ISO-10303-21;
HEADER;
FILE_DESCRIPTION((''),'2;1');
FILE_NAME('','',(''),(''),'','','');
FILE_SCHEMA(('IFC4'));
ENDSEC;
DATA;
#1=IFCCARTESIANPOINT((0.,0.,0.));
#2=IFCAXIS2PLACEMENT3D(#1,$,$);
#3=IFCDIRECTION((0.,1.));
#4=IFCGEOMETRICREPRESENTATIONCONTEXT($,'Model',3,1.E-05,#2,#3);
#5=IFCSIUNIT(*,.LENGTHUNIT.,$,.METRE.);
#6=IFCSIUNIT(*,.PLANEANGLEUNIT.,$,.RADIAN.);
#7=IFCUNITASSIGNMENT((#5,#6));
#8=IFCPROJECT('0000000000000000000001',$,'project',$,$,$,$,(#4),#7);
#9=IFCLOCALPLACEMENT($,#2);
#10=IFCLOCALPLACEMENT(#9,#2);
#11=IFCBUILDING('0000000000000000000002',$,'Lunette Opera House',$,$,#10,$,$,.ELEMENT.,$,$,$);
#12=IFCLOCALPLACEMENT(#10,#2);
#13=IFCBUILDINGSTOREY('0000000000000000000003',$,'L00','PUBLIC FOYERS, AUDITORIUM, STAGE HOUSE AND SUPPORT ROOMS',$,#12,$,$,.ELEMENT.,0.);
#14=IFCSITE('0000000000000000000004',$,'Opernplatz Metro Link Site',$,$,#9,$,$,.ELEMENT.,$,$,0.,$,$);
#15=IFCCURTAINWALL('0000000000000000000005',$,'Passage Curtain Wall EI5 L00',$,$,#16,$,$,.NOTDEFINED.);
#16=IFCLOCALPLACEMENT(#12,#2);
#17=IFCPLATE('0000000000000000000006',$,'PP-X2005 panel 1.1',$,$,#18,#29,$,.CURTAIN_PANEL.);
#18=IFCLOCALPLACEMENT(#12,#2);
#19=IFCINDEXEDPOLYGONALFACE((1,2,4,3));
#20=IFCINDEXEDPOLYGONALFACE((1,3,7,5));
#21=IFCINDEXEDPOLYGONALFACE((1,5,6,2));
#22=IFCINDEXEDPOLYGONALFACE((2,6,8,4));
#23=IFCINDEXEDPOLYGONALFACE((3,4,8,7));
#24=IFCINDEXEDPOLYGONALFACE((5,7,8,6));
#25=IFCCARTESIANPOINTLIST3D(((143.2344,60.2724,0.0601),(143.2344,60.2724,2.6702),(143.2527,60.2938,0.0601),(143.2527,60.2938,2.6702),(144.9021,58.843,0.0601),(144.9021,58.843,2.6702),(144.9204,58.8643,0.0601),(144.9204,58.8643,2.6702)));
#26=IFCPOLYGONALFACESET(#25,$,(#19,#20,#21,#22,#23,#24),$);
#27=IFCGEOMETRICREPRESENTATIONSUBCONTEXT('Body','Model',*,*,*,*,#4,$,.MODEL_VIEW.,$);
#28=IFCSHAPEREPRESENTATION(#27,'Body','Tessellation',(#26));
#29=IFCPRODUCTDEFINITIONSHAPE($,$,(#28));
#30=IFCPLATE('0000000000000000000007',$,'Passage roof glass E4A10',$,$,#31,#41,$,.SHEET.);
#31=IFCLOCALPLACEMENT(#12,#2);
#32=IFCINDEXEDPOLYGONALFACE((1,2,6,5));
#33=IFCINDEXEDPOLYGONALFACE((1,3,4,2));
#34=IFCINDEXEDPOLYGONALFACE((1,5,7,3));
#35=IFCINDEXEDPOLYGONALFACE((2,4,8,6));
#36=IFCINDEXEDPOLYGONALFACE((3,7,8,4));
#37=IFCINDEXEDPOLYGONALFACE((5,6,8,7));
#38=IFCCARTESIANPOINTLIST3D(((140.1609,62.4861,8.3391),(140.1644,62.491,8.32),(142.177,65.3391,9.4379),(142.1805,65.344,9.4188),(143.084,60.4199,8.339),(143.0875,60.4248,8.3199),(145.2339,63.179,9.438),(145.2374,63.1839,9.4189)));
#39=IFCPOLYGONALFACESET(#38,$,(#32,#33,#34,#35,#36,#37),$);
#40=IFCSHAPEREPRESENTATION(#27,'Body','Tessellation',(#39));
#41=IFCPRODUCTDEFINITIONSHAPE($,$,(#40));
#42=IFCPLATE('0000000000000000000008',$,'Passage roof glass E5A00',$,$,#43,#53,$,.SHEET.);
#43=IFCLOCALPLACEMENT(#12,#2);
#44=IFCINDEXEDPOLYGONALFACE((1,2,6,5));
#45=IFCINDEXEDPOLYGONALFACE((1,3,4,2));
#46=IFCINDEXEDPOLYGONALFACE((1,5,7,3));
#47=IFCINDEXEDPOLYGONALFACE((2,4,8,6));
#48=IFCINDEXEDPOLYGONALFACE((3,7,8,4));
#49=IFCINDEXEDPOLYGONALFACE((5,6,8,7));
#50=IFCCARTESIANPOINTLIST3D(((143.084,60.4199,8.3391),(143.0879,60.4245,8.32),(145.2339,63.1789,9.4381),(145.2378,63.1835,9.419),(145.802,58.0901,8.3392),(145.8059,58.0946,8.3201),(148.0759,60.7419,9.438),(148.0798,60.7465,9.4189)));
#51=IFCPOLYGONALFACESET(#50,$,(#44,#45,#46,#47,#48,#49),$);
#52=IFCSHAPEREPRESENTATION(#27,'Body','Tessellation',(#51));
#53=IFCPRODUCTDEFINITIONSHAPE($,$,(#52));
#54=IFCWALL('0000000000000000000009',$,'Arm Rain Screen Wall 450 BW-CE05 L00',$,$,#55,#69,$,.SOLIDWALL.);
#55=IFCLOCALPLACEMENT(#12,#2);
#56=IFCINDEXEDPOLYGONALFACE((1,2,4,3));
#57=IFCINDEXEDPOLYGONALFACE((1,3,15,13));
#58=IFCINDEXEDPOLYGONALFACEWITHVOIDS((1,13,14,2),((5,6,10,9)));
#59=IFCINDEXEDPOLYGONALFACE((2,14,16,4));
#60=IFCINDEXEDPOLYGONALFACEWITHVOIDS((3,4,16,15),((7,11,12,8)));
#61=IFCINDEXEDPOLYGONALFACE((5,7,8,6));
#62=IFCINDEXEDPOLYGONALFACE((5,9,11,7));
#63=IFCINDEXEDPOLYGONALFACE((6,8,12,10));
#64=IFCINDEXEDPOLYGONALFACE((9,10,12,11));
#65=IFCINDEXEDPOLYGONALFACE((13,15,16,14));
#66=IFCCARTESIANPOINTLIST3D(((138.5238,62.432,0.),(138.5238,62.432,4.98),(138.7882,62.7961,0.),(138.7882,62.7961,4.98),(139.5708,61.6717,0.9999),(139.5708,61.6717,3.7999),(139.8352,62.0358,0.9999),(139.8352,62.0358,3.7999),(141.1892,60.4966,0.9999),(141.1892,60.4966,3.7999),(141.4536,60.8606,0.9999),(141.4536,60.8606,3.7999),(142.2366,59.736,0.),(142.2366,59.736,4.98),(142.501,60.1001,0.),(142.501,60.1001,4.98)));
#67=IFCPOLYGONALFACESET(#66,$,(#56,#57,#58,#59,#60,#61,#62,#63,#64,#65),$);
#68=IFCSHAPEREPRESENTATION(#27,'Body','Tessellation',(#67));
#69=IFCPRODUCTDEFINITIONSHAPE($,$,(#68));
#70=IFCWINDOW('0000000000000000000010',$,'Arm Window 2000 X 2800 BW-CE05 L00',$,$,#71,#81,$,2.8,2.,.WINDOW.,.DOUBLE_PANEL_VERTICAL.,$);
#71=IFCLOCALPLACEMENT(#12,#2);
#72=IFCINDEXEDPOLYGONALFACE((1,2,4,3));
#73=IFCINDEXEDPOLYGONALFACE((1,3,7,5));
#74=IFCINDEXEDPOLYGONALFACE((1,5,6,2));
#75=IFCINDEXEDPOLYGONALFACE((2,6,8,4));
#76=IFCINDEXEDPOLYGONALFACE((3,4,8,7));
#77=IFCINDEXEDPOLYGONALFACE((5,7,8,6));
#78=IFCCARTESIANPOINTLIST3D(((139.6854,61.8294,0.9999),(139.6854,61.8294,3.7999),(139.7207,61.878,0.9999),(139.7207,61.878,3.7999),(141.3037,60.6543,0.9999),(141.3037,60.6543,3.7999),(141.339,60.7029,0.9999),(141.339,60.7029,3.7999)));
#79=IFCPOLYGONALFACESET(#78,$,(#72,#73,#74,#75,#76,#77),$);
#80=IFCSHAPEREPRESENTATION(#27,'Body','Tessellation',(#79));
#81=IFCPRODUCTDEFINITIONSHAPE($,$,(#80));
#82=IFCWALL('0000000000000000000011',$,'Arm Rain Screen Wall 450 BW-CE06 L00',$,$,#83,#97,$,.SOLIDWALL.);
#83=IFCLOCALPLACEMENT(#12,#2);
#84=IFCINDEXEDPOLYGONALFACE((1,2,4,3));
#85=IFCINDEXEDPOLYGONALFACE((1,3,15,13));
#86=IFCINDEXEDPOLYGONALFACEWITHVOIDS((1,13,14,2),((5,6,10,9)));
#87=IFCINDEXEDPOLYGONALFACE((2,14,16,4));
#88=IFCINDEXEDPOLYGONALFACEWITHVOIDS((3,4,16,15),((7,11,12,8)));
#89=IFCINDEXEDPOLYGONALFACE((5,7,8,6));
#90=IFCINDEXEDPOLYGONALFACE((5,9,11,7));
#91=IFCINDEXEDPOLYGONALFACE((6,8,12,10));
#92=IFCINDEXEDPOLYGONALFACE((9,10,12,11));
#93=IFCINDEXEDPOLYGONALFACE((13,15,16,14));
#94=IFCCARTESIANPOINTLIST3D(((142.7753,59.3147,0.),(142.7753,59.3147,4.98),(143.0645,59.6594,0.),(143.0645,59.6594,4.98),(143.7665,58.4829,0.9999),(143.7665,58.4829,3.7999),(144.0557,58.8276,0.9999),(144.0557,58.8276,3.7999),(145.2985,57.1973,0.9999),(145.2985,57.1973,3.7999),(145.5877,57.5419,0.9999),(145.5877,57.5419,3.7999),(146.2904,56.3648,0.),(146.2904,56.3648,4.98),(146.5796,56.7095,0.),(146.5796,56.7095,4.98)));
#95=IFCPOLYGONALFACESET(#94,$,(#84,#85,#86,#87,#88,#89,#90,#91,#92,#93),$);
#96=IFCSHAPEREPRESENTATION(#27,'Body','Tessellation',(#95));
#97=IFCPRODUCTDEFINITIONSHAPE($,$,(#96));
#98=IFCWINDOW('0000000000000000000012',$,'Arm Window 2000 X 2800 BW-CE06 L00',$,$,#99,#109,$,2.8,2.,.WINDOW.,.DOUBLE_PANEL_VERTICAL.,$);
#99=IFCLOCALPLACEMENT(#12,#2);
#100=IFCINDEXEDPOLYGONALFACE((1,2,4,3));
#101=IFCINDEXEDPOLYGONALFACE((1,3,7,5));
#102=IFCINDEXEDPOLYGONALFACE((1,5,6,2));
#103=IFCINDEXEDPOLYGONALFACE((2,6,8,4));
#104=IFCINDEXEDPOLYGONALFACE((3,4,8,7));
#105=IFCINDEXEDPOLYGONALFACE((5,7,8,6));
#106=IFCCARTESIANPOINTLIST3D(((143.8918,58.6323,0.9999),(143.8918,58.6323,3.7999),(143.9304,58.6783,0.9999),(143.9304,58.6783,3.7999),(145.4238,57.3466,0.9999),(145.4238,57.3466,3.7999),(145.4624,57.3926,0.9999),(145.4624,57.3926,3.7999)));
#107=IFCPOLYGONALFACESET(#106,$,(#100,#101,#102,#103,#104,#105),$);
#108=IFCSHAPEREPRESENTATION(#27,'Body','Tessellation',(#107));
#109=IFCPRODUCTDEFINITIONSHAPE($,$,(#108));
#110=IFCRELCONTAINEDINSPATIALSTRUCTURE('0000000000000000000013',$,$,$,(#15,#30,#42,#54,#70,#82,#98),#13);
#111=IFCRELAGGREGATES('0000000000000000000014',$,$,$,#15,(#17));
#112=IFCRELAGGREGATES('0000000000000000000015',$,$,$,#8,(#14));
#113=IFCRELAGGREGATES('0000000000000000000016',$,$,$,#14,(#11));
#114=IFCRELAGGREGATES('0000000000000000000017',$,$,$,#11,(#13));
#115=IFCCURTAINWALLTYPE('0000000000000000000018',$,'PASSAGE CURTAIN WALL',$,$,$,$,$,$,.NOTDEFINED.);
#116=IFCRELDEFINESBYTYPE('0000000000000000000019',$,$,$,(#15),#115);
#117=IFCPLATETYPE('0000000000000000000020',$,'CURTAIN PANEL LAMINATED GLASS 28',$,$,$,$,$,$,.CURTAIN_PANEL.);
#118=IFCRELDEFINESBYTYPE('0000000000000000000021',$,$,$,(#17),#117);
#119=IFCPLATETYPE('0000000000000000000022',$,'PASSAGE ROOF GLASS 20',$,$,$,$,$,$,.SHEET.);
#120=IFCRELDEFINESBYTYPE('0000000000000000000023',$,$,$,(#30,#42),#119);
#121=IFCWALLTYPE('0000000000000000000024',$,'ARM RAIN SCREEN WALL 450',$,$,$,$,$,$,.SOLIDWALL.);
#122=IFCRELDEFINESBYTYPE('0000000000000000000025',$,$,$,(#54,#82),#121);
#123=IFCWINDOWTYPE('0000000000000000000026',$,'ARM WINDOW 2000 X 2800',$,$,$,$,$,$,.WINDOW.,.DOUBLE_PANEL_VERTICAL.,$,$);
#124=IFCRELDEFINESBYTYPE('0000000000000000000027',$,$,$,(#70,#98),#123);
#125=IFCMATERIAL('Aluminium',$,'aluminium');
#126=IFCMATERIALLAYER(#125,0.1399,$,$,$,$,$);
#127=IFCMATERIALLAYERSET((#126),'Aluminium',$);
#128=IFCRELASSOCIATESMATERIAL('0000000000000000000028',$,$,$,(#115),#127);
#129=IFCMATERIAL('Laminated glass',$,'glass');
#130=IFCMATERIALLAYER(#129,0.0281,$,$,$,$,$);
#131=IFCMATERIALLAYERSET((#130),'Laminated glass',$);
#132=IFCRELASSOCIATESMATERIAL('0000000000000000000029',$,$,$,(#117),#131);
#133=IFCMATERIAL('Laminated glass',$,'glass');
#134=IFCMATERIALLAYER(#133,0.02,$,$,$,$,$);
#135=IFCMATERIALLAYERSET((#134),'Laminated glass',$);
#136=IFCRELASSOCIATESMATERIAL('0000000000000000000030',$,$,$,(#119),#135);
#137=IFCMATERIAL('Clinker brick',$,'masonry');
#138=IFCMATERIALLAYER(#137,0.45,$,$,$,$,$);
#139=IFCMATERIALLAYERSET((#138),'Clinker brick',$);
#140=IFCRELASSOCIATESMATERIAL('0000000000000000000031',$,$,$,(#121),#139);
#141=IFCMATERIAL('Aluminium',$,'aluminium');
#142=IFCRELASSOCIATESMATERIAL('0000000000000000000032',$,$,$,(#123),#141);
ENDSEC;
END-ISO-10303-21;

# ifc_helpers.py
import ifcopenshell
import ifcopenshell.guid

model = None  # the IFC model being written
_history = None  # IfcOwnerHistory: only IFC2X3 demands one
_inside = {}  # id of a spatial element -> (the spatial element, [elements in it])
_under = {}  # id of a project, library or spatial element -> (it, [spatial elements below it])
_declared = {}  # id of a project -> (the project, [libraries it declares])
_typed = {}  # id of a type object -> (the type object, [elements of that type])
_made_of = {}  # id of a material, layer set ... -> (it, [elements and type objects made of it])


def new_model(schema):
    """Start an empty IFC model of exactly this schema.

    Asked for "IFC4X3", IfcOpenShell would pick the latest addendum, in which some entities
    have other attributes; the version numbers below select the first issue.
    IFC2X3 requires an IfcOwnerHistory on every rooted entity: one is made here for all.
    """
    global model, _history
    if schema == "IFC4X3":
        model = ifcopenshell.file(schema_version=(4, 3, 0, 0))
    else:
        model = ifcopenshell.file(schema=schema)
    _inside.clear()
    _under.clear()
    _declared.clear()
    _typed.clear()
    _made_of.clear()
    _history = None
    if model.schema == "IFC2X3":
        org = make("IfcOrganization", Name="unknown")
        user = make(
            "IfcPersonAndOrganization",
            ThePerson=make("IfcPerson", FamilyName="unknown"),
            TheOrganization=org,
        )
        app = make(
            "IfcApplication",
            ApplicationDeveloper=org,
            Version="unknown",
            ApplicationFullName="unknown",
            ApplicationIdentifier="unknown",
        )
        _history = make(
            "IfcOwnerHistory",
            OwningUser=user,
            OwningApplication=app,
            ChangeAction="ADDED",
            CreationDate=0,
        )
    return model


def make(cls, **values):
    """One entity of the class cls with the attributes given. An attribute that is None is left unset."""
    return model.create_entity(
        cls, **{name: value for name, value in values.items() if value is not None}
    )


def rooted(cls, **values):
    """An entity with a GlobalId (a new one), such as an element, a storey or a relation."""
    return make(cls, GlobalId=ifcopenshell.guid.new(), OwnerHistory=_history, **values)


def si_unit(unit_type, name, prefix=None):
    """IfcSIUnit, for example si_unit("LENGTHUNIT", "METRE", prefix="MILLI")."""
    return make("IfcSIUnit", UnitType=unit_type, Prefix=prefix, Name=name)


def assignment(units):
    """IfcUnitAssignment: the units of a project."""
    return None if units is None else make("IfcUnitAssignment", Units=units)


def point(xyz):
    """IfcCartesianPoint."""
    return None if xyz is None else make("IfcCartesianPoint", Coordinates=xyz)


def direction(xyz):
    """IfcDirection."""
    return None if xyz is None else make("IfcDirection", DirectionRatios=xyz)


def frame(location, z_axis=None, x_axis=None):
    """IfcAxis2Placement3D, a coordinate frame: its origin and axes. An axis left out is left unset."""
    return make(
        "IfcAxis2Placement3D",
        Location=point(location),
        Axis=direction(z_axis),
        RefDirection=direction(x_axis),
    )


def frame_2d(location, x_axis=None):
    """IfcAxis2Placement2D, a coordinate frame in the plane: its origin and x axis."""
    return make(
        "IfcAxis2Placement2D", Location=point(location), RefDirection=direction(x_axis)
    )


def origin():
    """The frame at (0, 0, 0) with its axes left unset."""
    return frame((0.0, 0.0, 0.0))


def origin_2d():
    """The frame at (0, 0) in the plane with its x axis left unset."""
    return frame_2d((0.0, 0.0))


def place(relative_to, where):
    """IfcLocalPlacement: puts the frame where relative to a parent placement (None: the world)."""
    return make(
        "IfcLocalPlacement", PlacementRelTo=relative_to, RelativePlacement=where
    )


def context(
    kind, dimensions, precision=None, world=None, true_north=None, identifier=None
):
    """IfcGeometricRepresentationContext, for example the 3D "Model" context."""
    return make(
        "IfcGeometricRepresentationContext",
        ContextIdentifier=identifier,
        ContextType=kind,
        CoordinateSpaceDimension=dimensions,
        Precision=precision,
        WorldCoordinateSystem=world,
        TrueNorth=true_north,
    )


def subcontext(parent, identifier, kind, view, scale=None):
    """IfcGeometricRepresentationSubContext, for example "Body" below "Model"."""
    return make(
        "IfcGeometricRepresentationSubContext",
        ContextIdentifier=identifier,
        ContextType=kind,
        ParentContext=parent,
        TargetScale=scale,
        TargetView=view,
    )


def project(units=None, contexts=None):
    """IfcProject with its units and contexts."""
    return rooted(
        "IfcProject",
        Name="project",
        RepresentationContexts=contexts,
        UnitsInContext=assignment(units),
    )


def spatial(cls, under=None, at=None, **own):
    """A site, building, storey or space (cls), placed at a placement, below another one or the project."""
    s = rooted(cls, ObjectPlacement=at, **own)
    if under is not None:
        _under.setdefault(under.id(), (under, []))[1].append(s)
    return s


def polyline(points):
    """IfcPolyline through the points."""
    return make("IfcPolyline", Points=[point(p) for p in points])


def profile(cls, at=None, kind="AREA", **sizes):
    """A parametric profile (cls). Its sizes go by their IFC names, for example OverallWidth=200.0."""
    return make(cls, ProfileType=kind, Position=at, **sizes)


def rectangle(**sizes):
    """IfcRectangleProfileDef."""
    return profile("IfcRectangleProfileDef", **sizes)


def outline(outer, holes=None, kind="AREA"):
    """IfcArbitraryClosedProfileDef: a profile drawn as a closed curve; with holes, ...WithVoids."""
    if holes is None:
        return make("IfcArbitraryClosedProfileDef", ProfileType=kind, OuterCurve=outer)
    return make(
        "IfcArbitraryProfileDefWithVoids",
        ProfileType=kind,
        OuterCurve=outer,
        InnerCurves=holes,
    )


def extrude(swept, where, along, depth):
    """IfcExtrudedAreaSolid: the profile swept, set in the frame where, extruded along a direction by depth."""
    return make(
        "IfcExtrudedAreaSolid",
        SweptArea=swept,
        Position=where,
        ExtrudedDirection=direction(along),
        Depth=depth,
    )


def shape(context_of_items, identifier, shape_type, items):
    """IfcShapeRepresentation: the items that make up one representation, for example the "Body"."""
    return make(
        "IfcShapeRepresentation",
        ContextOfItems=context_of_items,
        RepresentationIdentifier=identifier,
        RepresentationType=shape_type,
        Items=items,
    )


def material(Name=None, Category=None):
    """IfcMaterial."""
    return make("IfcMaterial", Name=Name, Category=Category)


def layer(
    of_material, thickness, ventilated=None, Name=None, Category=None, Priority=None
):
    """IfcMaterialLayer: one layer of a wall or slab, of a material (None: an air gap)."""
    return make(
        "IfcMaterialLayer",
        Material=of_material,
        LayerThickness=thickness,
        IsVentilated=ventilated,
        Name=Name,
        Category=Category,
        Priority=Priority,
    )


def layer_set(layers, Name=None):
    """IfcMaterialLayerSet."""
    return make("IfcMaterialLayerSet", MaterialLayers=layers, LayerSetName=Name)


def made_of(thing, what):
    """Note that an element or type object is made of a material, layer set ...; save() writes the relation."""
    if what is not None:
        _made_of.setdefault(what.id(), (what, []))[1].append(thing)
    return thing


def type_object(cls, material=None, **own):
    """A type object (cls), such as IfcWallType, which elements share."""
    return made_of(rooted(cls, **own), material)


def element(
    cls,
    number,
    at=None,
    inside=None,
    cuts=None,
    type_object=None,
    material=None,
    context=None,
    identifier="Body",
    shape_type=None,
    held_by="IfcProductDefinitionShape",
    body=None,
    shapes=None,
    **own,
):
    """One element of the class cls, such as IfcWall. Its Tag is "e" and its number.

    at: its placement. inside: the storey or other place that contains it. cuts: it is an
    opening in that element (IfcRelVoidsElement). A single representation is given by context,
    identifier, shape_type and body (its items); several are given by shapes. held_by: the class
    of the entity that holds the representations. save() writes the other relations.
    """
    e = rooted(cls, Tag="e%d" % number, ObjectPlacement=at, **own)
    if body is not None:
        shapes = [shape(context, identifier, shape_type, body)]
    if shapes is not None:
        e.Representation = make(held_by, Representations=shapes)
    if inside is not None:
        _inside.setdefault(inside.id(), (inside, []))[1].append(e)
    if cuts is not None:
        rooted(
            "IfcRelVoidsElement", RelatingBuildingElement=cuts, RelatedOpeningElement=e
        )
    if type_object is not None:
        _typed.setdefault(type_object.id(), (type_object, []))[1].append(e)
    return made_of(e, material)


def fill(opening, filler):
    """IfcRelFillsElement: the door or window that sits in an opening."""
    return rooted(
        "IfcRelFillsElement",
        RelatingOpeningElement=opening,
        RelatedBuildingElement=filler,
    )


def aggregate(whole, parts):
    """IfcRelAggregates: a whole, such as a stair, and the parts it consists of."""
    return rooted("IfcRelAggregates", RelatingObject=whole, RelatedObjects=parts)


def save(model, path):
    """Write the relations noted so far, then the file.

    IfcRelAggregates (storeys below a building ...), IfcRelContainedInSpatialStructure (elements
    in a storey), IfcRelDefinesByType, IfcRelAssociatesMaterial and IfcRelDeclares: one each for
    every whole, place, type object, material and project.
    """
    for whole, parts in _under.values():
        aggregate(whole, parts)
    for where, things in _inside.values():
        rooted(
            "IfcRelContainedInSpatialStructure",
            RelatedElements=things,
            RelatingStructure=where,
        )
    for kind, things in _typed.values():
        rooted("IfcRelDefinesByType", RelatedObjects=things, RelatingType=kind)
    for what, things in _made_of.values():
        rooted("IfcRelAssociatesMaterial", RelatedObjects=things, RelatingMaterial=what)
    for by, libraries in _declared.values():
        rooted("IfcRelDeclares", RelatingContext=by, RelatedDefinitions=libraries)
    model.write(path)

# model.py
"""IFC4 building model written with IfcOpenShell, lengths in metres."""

from ifc_helpers import new_model, si_unit, direction, frame, frame_2d, origin, origin_2d, place, context, subcontext, project, spatial, polyline, rectangle, outline, extrude, material, layer, layer_set, type_object, element, fill, aggregate, save


model = new_model("IFC4")

# Units and contexts
model_context = context("Model", 3, precision=1e-05, world=origin(), true_north=direction((0.0, 1.0)))
body_context = subcontext(model_context, "Body", "Model", "MODEL_VIEW")
ifc_project = project(units=[si_unit("LENGTHUNIT", "METRE"), si_unit("PLANEANGLEUNIT", "RADIAN")], contexts=[model_context])

# Site, building, storey
site_placement = place(None, origin())
site = spatial("IfcSite", under=ifc_project, at=site_placement, Name="Opernplatz Metro Link Site", CompositionType="ELEMENT", RefElevation=0.0)
building_placement = place(site_placement, origin())
building = spatial("IfcBuilding", under=site, at=building_placement, Name="Lunette Opera House", CompositionType="ELEMENT")
storey_placement = place(building_placement, origin())
storey = spatial("IfcBuildingStorey", under=building, at=storey_placement, Name="L00", Description="PUBLIC FOYERS, AUDITORIUM, STAGE HOUSE AND SUPPORT ROOMS", CompositionType="ELEMENT", Elevation=0.0)

# Shared definitions
ifc_material_1 = material(Name="Aluminium", Category="aluminium")
ifc_layer_1 = layer(ifc_material_1, 0.1399)
ifc_layer_set_1 = layer_set([ifc_layer_1], Name="Aluminium")
curtain_wall_type = type_object("IfcCurtainWallType", Name="PASSAGE CURTAIN WALL", PredefinedType="NOTDEFINED", material=ifc_layer_set_1)

# Curtain wall
curtain_wall_1_placement = place(storey_placement, origin())
curtain_wall_1 = element("IfcCurtainWall", 1, at=curtain_wall_1_placement, inside=storey, type_object=curtain_wall_type, Name="Passage Curtain Wall EI5 L00", PredefinedType="NOTDEFINED")

# Plate
ifc_material_2 = material(Name="Laminated glass", Category="glass")
ifc_layer_2 = layer(ifc_material_2, 0.0281)
ifc_layer_set_2 = layer_set([ifc_layer_2], Name="Laminated glass")
plate_type_1 = type_object("IfcPlateType", Name="CURTAIN PANEL LAMINATED GLASS 28", PredefinedType="CURTAIN_PANEL", material=ifc_layer_set_2)
plate_1_placement = place(storey_placement, frame((144.0774, 59.5684, 0.0601), z_axis=(0.0, 0.0, 1.0), x_axis=(0.759257, -0.650791, 0.0)))
plate_1 = element("IfcPlate", 2, at=plate_1_placement, type_object=plate_type_1, Name="PP-X2005 panel 1.1", PredefinedType="CURTAIN_PANEL", context=body_context, shape_type="SweptSolid", body=[
    extrude(rectangle(XDim=2.1965, YDim=0.0281, at=origin_2d()), origin(), (0.0, 0.0, 1.0), 2.6101),
])
aggregate(curtain_wall_1, [plate_1])

# Plates
ifc_material_3 = material(Name="Laminated glass", Category="glass")
ifc_layer_3 = layer(ifc_material_3, 0.02)
ifc_layer_set_3 = layer_set([ifc_layer_3], Name="Laminated glass")
plate_type_2 = type_object("IfcPlateType", Name="PASSAGE ROOF GLASS 20", PredefinedType="SHEET", material=ifc_layer_set_3)
plate_2_placement = place(storey_placement, frame((140.1609, 62.4861, 8.3391), z_axis=(-0.173168, -0.245022, 0.953927), x_axis=(0.816602, -0.577201, -0.000018)))
element("IfcPlate", 3, at=plate_2_placement, inside=storey, type_object=plate_type_2, Name="Passage roof glass E4A10", PredefinedType="SHEET", context=body_context, shape_type="SweptSolid", body=[
    extrude(outline(polyline([(0.0, 0.0), (3.5796, 0.0), (3.7427, 3.6627), (-0.0004, 3.6622), (0.0, 0.0)])), origin(), (0.0, 0.0, -1.0), 0.02),
])
plate_3_placement = place(storey_placement, frame((143.084, 60.4199, 8.3391), z_axis=(-0.195293, -0.22779, 0.953925), x_axis=(0.759237, -0.650814, 0.000026)))
element("IfcPlate", 4, at=plate_3_placement, inside=storey, type_object=plate_type_2, Name="Passage roof glass E5A00", PredefinedType="SHEET", context=body_context, shape_type="SweptSolid", body=[
    extrude(outline(polyline([(0.0, 0.0), (3.5799, 0.0), (3.5805, 3.662), (-0.1633, 3.6627), (0.0, 0.0)])), origin(), (0.0, 0.0, -1.0), 0.02),
])

# Walls, openings, windows
ifc_material_4 = material(Name="Clinker brick", Category="masonry")
ifc_layer_4 = layer(ifc_material_4, 0.45)
ifc_layer_set_4 = layer_set([ifc_layer_4], Name="Clinker brick")
wall_type = type_object("IfcWallType", Name="ARM RAIN SCREEN WALL 450", PredefinedType="SOLIDWALL", material=ifc_layer_set_4)
wall_1_placement = place(storey_placement, frame((138.656, 62.614, 0.0), z_axis=(0.0, 0.0, 1.0), x_axis=(0.809175, -0.587567, 0.0)))
wall_1 = element("IfcWall", 5, at=wall_1_placement, inside=storey, type_object=wall_type, Name="Arm Rain Screen Wall 450 BW-CE05 L00", PredefinedType="SOLIDWALL", context=body_context, shape_type="SweptSolid", body=[
    extrude(rectangle(XDim=4.5884, YDim=0.45, at=frame_2d((2.2942, 0.0))), origin(), (0.0, 0.0, 1.0), 4.98),
])
opening_1_placement = place(wall_1_placement, frame((1.2939, 0.0, 1.0)))
opening_1 = element("IfcOpeningElement", 6, at=opening_1_placement, cuts=wall_1, PredefinedType="OPENING", context=body_context, shape_type="SweptSolid", body=[
    extrude(rectangle(XDim=2.0, YDim=2.8, at=frame_2d((1.0, 1.3999))), frame((0.0, 0.2371, 0.0), z_axis=(0.0, -1.0, 0.0), x_axis=(1.0, 0.0, 0.0)), (0.0, 0.0, 1.0), 0.4739),
])
ifc_material_5 = material(Name="Aluminium", Category="aluminium")
window_type = type_object("IfcWindowType", Name="ARM WINDOW 2000 X 2800", PartitioningType="DOUBLE_PANEL_VERTICAL", PredefinedType="WINDOW", material=ifc_material_5)
window_1_placement = place(opening_1_placement, origin())
window_1 = element("IfcWindow", 7, at=window_1_placement, inside=storey, type_object=window_type, Name="Arm Window 2000 X 2800 BW-CE05 L00", OverallHeight=2.8, OverallWidth=2.0, PartitioningType="DOUBLE_PANEL_VERTICAL", PredefinedType="WINDOW", context=body_context, shape_type="SweptSolid", body=[
    extrude(rectangle(XDim=2.0, YDim=2.8, at=frame_2d((1.0, 1.3999))), frame((0.0, 0.03, 0.0), z_axis=(0.0, -1.0, 0.0), x_axis=(1.0, 0.0, 0.0)), (0.0, 0.0, 1.0), 0.0601),
])
fill(opening_1, window_1)
wall_2_placement = place(storey_placement, frame((142.9199, 59.4871, 0.0), z_axis=(0.0, 0.0, 1.0), x_axis=(0.766001, -0.642839, 0.0)))
wall_2 = element("IfcWall", 8, at=wall_2_placement, inside=storey, type_object=wall_type, Name="Arm Rain Screen Wall 450 BW-CE06 L00", PredefinedType="SOLIDWALL", context=body_context, shape_type="SweptSolid", body=[
    extrude(rectangle(XDim=4.5889, YDim=0.45, at=frame_2d((2.2944, 0.0))), origin(), (0.0, 0.0, 1.0), 4.98),
])
opening_2_placement = place(wall_2_placement, frame((1.2939, 0.0, 1.0)))
opening_2 = element("IfcOpeningElement", 9, at=opening_2_placement, cuts=wall_2, PredefinedType="OPENING", context=body_context, shape_type="SweptSolid", body=[
    extrude(rectangle(XDim=2.0, YDim=2.8, at=frame_2d((1.0, 1.3999))), frame((0.0, 0.2371, 0.0), z_axis=(0.0, -1.0, 0.0), x_axis=(1.0, 0.0, 0.0)), (0.0, 0.0, 1.0), 0.4739),
])
window_2_placement = place(opening_2_placement, origin())
window_2 = element("IfcWindow", 10, at=window_2_placement, inside=storey, type_object=window_type, Name="Arm Window 2000 X 2800 BW-CE06 L00", OverallHeight=2.8, OverallWidth=2.0, PartitioningType="DOUBLE_PANEL_VERTICAL", PredefinedType="WINDOW", context=body_context, shape_type="SweptSolid", body=[
    extrude(rectangle(XDim=2.0, YDim=2.8, at=frame_2d((1.0, 1.3999))), frame((0.0, 0.03, 0.0), z_axis=(0.0, -1.0, 0.0), x_axis=(1.0, 0.0, 0.0)), (0.0, 0.0, 1.0), 0.0601),
])
fill(opening_2, window_2)

save(model, "model.ifc")
